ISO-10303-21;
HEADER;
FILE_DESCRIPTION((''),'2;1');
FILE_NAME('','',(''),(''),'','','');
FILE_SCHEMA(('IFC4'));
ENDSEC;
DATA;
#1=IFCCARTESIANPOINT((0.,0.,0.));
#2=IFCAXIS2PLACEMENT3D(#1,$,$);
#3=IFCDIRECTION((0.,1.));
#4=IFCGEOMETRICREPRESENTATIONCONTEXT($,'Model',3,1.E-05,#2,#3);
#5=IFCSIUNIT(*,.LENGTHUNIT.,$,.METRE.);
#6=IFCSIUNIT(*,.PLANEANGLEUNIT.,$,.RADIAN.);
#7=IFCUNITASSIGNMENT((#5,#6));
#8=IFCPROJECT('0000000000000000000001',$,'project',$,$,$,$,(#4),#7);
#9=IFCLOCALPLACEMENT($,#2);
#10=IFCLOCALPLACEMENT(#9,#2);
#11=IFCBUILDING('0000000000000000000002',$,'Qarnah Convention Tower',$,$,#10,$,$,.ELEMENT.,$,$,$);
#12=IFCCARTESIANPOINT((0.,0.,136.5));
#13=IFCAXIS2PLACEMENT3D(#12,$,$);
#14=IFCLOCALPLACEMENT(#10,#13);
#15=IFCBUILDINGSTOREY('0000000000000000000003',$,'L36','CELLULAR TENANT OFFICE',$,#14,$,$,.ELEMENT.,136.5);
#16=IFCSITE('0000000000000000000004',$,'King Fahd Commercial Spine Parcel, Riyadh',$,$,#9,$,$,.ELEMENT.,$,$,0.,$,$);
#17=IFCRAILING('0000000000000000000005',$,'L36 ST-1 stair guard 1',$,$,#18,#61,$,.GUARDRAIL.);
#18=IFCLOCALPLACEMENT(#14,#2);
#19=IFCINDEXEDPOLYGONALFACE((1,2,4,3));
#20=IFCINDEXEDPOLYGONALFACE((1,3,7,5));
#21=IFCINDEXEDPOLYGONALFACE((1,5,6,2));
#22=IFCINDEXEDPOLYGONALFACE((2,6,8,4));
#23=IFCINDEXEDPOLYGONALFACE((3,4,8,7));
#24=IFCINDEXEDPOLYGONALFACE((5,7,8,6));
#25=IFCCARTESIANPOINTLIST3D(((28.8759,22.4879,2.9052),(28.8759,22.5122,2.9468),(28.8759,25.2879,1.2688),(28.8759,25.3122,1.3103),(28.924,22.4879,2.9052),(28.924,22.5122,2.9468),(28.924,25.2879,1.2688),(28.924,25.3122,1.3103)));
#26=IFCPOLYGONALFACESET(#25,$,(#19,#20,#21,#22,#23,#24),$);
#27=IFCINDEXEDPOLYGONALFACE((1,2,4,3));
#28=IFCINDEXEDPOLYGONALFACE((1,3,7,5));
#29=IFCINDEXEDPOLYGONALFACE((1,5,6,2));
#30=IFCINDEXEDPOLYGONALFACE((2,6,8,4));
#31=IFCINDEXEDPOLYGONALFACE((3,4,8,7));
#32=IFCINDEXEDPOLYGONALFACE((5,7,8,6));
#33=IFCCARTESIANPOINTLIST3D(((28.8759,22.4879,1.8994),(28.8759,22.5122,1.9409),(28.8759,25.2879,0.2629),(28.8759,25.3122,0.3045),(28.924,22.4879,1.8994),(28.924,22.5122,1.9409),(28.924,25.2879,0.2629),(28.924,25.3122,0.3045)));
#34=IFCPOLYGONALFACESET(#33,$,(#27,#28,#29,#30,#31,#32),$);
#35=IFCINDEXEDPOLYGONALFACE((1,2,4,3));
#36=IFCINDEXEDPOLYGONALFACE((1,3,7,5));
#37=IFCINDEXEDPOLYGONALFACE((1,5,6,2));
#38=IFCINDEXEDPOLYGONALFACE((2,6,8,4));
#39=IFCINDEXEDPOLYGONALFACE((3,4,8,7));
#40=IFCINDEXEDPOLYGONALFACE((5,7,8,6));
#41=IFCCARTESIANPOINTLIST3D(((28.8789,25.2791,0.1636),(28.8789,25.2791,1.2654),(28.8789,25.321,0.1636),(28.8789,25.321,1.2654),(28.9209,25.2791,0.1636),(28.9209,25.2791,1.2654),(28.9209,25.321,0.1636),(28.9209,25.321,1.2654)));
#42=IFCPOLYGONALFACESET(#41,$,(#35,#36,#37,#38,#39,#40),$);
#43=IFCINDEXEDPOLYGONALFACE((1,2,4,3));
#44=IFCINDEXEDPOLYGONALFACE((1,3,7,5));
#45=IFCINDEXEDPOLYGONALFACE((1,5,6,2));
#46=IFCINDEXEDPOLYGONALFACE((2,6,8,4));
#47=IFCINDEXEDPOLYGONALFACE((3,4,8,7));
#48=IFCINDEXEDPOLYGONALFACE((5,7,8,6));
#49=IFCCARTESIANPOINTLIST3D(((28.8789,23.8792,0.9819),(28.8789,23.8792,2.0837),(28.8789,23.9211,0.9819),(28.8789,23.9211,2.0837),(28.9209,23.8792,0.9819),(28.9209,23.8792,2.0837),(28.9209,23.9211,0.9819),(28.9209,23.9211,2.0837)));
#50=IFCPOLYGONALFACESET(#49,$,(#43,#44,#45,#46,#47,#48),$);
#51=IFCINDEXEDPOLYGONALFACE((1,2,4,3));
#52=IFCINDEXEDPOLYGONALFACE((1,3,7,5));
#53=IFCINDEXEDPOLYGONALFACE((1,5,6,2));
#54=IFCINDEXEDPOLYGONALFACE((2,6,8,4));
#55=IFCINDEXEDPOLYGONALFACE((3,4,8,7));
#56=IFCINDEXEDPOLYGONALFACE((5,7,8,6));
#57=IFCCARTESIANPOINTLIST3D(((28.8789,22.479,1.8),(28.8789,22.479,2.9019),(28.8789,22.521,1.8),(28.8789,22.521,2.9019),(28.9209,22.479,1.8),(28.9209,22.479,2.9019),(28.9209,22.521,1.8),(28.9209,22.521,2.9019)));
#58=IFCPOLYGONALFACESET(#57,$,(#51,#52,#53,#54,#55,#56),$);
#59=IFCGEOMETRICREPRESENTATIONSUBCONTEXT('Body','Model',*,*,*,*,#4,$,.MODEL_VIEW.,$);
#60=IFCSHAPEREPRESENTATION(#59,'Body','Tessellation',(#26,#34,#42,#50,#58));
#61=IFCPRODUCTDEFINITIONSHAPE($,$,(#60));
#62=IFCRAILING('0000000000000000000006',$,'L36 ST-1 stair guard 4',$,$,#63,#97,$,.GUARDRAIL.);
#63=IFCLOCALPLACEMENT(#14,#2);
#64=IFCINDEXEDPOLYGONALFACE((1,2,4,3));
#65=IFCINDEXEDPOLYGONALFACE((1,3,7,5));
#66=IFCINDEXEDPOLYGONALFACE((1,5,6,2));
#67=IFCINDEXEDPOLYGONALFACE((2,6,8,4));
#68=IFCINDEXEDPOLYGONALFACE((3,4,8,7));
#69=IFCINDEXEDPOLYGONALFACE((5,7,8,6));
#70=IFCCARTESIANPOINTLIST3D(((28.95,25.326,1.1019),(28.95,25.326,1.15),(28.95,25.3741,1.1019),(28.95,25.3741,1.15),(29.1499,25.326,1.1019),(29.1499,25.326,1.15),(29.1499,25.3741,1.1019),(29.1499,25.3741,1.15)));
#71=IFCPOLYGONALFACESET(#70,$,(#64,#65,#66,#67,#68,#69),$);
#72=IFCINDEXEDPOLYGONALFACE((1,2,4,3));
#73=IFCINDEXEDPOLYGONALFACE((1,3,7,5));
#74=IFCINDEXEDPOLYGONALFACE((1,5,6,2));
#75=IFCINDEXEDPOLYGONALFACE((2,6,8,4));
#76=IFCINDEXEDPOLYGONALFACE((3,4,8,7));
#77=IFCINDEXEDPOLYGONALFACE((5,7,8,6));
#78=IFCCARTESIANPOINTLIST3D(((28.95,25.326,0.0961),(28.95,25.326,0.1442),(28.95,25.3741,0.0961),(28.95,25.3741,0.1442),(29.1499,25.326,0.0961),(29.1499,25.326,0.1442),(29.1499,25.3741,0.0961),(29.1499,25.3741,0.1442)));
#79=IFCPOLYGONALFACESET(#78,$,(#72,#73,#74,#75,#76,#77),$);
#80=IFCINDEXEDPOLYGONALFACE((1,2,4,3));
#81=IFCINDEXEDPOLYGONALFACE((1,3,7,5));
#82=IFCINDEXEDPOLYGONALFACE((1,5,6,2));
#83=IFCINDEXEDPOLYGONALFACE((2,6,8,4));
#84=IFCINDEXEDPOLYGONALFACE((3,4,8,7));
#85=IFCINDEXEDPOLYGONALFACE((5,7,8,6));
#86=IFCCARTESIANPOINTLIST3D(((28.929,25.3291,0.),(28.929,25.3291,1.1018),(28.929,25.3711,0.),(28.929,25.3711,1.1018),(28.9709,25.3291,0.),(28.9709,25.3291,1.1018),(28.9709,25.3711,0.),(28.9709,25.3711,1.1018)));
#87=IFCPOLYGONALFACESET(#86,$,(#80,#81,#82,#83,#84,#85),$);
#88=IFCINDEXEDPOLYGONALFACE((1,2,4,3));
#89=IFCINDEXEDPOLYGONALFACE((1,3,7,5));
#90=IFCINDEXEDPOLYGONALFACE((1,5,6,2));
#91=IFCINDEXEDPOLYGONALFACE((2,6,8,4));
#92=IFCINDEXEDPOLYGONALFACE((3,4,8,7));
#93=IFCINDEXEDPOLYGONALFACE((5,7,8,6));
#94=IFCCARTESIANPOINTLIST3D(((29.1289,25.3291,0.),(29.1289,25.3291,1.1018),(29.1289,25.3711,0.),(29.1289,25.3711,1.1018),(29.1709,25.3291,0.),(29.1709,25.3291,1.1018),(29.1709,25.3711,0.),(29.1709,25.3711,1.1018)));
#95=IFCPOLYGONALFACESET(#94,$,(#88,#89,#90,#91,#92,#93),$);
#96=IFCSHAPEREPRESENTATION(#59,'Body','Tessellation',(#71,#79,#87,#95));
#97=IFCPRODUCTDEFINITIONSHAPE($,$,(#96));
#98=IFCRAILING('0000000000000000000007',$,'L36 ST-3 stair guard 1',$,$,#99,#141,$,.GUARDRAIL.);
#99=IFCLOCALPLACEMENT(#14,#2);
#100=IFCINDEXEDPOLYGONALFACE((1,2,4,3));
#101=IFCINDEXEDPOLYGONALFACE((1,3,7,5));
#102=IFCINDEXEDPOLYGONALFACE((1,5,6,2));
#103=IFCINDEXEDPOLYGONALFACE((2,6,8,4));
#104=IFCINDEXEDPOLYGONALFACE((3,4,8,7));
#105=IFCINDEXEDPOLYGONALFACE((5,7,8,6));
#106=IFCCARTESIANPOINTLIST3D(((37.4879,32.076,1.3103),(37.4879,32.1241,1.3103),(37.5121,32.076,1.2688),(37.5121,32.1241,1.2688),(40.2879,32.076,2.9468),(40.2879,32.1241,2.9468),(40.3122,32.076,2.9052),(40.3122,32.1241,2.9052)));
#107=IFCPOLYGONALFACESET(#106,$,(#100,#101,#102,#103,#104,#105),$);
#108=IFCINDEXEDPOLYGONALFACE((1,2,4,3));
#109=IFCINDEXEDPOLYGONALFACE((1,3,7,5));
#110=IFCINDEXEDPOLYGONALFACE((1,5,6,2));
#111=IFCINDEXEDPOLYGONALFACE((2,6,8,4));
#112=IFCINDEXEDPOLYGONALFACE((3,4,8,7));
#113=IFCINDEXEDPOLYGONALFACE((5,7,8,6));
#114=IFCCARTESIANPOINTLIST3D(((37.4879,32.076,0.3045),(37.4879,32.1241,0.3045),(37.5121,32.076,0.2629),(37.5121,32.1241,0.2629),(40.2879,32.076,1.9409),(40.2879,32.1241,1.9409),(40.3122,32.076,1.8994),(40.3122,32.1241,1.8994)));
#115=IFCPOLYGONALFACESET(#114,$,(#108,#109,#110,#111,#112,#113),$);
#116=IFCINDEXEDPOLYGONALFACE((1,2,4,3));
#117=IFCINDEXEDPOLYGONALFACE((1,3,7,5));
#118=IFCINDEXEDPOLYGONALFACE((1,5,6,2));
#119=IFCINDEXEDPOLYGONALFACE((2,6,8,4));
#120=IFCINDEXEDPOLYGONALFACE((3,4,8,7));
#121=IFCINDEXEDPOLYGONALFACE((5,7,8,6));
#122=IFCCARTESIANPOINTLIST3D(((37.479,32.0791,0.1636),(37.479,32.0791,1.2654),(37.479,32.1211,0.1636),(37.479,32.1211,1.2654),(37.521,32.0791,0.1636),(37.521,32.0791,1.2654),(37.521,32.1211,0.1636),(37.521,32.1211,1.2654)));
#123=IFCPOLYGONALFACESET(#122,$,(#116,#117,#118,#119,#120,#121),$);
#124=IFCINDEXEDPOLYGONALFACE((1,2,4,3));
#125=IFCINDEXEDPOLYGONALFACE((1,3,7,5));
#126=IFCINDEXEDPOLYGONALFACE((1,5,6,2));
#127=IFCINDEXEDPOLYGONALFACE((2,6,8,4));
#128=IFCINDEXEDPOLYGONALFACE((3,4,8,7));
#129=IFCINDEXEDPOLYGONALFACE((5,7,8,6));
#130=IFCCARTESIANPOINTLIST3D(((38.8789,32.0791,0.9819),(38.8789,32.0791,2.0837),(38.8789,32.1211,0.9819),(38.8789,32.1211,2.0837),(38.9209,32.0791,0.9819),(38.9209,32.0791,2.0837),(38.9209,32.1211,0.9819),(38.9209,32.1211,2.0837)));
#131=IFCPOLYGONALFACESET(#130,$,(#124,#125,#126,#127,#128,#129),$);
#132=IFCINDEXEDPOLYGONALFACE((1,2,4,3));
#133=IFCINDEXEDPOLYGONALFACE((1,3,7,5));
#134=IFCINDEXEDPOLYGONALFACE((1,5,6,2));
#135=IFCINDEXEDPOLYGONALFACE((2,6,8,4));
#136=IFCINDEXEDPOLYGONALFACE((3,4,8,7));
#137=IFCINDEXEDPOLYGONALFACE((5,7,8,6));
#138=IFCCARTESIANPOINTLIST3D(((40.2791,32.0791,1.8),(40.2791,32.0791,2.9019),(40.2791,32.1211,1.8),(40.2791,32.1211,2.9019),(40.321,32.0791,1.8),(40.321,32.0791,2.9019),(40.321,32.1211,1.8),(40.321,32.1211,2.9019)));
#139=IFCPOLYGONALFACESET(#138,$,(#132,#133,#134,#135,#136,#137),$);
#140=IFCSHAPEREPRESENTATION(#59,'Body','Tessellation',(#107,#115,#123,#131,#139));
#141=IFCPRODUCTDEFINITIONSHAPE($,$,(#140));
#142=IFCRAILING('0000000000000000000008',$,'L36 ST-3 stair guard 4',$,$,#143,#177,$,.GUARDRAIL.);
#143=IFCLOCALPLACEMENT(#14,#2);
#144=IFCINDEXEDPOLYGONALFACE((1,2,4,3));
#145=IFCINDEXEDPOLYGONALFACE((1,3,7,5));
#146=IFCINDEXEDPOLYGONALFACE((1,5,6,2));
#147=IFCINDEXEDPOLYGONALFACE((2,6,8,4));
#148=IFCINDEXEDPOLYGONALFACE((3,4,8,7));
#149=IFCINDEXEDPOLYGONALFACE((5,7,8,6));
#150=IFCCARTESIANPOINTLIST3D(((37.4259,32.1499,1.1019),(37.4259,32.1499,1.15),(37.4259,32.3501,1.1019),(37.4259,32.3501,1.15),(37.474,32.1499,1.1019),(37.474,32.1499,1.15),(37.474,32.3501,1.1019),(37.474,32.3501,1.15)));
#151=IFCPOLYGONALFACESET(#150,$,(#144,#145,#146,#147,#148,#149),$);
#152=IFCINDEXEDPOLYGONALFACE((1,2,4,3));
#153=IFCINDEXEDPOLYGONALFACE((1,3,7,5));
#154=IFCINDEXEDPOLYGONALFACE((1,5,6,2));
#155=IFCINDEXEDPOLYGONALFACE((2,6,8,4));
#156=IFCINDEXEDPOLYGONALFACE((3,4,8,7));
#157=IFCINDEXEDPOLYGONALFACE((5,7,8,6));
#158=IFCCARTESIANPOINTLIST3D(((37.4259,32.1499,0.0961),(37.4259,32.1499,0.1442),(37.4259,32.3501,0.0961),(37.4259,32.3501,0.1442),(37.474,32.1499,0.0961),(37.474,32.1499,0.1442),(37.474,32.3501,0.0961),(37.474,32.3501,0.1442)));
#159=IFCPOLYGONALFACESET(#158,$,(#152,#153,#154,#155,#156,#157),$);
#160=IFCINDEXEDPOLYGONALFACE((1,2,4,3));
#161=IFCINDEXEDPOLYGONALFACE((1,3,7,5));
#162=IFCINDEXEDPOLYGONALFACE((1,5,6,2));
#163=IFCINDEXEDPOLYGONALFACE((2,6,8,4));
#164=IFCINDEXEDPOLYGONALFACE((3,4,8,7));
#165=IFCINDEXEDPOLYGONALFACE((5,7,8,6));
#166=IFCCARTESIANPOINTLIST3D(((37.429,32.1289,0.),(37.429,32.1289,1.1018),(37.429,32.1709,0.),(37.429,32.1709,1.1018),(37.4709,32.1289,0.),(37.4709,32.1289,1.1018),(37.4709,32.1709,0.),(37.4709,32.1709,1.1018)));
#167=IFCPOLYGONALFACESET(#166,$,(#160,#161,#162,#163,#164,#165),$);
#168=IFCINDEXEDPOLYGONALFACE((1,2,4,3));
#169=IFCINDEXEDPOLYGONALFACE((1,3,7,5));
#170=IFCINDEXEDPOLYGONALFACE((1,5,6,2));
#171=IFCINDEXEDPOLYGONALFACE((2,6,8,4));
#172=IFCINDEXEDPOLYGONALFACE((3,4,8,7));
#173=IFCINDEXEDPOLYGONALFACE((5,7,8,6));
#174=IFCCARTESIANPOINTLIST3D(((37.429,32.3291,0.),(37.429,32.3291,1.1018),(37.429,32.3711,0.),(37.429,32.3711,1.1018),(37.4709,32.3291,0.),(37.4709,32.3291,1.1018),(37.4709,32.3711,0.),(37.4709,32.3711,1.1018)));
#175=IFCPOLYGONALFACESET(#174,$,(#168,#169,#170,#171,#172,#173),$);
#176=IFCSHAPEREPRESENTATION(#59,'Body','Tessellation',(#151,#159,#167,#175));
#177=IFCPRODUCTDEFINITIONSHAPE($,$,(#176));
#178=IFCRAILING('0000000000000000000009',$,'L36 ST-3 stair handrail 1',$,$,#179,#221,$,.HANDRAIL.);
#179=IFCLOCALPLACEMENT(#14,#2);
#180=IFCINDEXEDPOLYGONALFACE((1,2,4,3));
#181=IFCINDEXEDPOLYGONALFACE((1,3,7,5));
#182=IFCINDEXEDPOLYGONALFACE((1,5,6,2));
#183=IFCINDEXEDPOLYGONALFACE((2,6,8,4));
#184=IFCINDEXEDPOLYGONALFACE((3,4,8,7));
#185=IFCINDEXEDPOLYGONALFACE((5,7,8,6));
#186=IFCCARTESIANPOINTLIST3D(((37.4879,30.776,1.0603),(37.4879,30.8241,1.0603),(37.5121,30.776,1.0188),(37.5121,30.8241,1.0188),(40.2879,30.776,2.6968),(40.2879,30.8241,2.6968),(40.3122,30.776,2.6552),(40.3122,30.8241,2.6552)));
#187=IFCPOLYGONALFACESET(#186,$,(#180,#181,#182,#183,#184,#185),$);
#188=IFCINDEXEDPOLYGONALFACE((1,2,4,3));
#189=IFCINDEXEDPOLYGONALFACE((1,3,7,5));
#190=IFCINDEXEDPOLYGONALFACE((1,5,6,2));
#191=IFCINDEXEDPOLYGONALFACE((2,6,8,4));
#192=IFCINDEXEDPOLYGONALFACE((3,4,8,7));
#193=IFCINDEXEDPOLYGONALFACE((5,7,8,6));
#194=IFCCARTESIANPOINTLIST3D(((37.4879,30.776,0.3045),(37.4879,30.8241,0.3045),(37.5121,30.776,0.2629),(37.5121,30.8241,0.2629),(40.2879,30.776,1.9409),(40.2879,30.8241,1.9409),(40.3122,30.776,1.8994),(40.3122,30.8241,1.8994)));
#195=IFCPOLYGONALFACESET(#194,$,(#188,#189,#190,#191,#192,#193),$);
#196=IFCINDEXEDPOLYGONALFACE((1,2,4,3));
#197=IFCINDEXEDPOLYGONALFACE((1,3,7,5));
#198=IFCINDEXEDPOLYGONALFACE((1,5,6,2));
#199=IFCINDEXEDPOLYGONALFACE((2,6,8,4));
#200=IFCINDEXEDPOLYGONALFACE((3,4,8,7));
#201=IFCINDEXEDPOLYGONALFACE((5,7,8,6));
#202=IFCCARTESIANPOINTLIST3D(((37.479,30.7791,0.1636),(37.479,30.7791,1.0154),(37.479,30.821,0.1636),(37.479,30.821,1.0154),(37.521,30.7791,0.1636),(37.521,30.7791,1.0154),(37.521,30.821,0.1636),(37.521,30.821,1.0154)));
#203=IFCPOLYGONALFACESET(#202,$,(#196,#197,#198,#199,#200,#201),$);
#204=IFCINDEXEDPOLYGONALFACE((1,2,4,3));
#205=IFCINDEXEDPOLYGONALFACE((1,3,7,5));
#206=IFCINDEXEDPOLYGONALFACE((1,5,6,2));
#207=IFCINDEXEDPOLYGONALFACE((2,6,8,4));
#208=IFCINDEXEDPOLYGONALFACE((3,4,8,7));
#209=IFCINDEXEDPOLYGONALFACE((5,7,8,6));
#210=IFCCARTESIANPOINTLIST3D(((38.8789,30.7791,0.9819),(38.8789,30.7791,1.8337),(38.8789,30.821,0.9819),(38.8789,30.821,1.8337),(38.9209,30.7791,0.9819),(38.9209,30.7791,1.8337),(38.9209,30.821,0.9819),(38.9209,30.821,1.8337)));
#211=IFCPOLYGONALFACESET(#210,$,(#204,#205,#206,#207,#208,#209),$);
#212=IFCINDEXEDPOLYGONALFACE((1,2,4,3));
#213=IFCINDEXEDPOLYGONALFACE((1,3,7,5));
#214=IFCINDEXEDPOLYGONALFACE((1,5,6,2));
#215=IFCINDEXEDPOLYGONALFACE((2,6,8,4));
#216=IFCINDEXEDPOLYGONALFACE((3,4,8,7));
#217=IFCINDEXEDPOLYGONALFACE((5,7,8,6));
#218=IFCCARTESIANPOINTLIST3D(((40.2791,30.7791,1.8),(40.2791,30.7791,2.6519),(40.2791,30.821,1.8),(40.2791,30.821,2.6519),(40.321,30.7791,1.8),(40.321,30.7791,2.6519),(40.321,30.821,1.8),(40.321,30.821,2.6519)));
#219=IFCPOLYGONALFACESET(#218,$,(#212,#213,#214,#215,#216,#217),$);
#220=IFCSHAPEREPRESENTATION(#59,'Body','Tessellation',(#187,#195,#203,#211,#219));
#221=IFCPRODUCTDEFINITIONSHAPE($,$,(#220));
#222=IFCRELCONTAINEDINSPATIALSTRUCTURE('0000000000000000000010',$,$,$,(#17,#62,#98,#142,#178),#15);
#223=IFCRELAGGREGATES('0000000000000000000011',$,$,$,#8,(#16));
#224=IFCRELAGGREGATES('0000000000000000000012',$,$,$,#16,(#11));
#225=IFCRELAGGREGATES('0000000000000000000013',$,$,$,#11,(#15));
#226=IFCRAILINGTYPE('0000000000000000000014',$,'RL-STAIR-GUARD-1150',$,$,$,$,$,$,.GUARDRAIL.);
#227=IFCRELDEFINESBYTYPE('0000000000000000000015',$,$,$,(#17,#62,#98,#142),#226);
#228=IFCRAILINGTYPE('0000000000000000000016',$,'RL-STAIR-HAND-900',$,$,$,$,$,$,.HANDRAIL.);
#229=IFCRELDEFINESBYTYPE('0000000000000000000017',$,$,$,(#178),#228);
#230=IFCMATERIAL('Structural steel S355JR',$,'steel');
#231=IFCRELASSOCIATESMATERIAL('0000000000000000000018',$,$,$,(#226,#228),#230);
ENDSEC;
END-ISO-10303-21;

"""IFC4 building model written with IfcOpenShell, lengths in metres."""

from ifc_helpers import new_model, si_unit, direction, frame, origin, origin_2d, place, context, subcontext, project, spatial, rectangle, extrude, material, type_object, element, save


model = new_model("IFC4")

# Units and contexts
model_context = context("Model", 3, precision=1e-05, world=origin(), true_north=direction((0.0, 1.0)))
body_context = subcontext(model_context, "Body", "Model", "MODEL_VIEW")
ifc_project = project(units=[si_unit("LENGTHUNIT", "METRE"), si_unit("PLANEANGLEUNIT", "RADIAN")], contexts=[model_context])

# Site, building, storey
site_placement = place(None, origin())
site = spatial("IfcSite", under=ifc_project, at=site_placement, Name="King Fahd Commercial Spine Parcel, Riyadh", CompositionType="ELEMENT", RefElevation=0.0)
building_placement = place(site_placement, origin())
building = spatial("IfcBuilding", under=site, at=building_placement, Name="Qarnah Convention Tower", CompositionType="ELEMENT")
storey_placement = place(building_placement, frame((0.0, 0.0, 136.5)))
storey = spatial("IfcBuildingStorey", under=building, at=storey_placement, Name="L36", Description="CELLULAR TENANT OFFICE", CompositionType="ELEMENT", Elevation=136.5)

# Shared definitions
ifc_material_1 = material(Name="Structural steel S355JR", Category="steel")

# Railings
railing_type_1 = type_object("IfcRailingType", Name="RL-STAIR-GUARD-1150", PredefinedType="GUARDRAIL", material=ifc_material_1)
railing_1_placement = place(storey_placement, frame((28.8999, 25.3, 0.1636)))
element("IfcRailing", 1, at=railing_1_placement, inside=storey, type_object=railing_type_1, Name="L36 ST-1 stair guard 1", PredefinedType="GUARDRAIL", context=body_context, shape_type="SweptSolid", body=[
    extrude(rectangle(XDim=0.0481, YDim=0.0481, at=origin_2d()), frame((0.0, 0.0, 1.126), z_axis=(0.0, -0.863361, 0.504587), x_axis=(1.0, 0.0, 0.0)), (0.0, 0.0, 1.0), 3.2432),
    extrude(rectangle(XDim=0.0481, YDim=0.0481, at=origin_2d()), frame((0.0, 0.0, 0.1201), z_axis=(0.0, -0.863361, 0.504587), x_axis=(1.0, 0.0, 0.0)), (0.0, 0.0, 1.0), 3.2432),
    extrude(rectangle(XDim=0.042, YDim=0.042, at=origin_2d()), origin(), (0.0, 0.0, 1.0), 1.1018),
    extrude(rectangle(XDim=0.042, YDim=0.042, at=origin_2d()), frame((0.0, -1.3999, 0.8184)), (0.0, 0.0, 1.0), 1.1018),
    extrude(rectangle(XDim=0.042, YDim=0.042, at=origin_2d()), frame((0.0, -2.8, 1.6365)), (0.0, 0.0, 1.0), 1.1018),
])
railing_2_placement = place(storey_placement, frame((28.95, 25.3501, 0.0)))
element("IfcRailing", 2, at=railing_2_placement, inside=storey, type_object=railing_type_1, Name="L36 ST-1 stair guard 4", PredefinedType="GUARDRAIL", context=body_context, shape_type="SweptSolid", body=[
    extrude(rectangle(XDim=0.0481, YDim=0.0481, at=origin_2d()), frame((0.0, 0.0, 1.126), z_axis=(1.0, 0.0, 0.0), x_axis=(0.0, 1.0, 0.0)), (0.0, 0.0, 1.0), 0.2),
    extrude(rectangle(XDim=0.0481, YDim=0.0481, at=origin_2d()), frame((0.0, 0.0, 0.1201), z_axis=(1.0, 0.0, 0.0), x_axis=(0.0, 1.0, 0.0)), (0.0, 0.0, 1.0), 0.2),
    extrude(rectangle(XDim=0.042, YDim=0.042, at=origin_2d()), origin(), (0.0, 0.0, 1.0), 1.1018),
    extrude(rectangle(XDim=0.042, YDim=0.042, at=origin_2d()), frame((0.2, 0.0, 0.0)), (0.0, 0.0, 1.0), 1.1018),
])
railing_3_placement = place(storey_placement, frame((37.5, 32.1001, 0.1636)))
element("IfcRailing", 3, at=railing_3_placement, inside=storey, type_object=railing_type_1, Name="L36 ST-3 stair guard 1", PredefinedType="GUARDRAIL", context=body_context, shape_type="SweptSolid", body=[
    extrude(rectangle(XDim=0.0481, YDim=0.0481, at=origin_2d()), frame((0.0, 0.0, 1.126), z_axis=(0.863361, 0.0, 0.504587), x_axis=(0.0, 1.0, 0.0)), (0.0, 0.0, 1.0), 3.2432),
    extrude(rectangle(XDim=0.0481, YDim=0.0481, at=origin_2d()), frame((0.0, 0.0, 0.1201), z_axis=(0.863361, 0.0, 0.504587), x_axis=(0.0, 1.0, 0.0)), (0.0, 0.0, 1.0), 3.2432),
    extrude(rectangle(XDim=0.042, YDim=0.042, at=origin_2d()), origin(), (0.0, 0.0, 1.0), 1.1018),
    extrude(rectangle(XDim=0.042, YDim=0.042, at=origin_2d()), frame((1.3999, 0.0, 0.8184)), (0.0, 0.0, 1.0), 1.1018),
    extrude(rectangle(XDim=0.042, YDim=0.042, at=origin_2d()), frame((2.8, 0.0, 1.6365)), (0.0, 0.0, 1.0), 1.1018),
])
railing_4_placement = place(storey_placement, frame((37.45, 32.1499, 0.0)))
element("IfcRailing", 4, at=railing_4_placement, inside=storey, type_object=railing_type_1, Name="L36 ST-3 stair guard 4", PredefinedType="GUARDRAIL", context=body_context, shape_type="SweptSolid", body=[
    extrude(rectangle(XDim=0.0481, YDim=0.0481, at=origin_2d()), frame((0.0, 0.0, 1.126), z_axis=(0.0, 1.0, 0.0), x_axis=(-1.0, 0.0, 0.0)), (0.0, 0.0, 1.0), 0.2002),
    extrude(rectangle(XDim=0.0481, YDim=0.0481, at=origin_2d()), frame((0.0, 0.0, 0.1201), z_axis=(0.0, 1.0, 0.0), x_axis=(-1.0, 0.0, 0.0)), (0.0, 0.0, 1.0), 0.2002),
    extrude(rectangle(XDim=0.042, YDim=0.042, at=origin_2d()), origin(), (0.0, 0.0, 1.0), 1.1018),
    extrude(rectangle(XDim=0.042, YDim=0.042, at=origin_2d()), frame((0.0, 0.2002, 0.0)), (0.0, 0.0, 1.0), 1.1018),
])
railing_type_2 = type_object("IfcRailingType", Name="RL-STAIR-HAND-900", PredefinedType="HANDRAIL", material=ifc_material_1)
railing_5_placement = place(storey_placement, frame((37.5, 30.8, 0.1636)))
element("IfcRailing", 5, at=railing_5_placement, inside=storey, type_object=railing_type_2, Name="L36 ST-3 stair handrail 1", PredefinedType="HANDRAIL", context=body_context, shape_type="SweptSolid", body=[
    extrude(rectangle(XDim=0.0481, YDim=0.0481, at=origin_2d()), frame((0.0, 0.0, 0.876), z_axis=(0.863361, 0.0, 0.504587), x_axis=(0.0, 1.0, 0.0)), (0.0, 0.0, 1.0), 3.2432),
    extrude(rectangle(XDim=0.0481, YDim=0.0481, at=origin_2d()), frame((0.0, 0.0, 0.1201), z_axis=(0.863361, 0.0, 0.504587), x_axis=(0.0, 1.0, 0.0)), (0.0, 0.0, 1.0), 3.2432),
    extrude(rectangle(XDim=0.042, YDim=0.042, at=origin_2d()), origin(), (0.0, 0.0, 1.0), 0.8518),
    extrude(rectangle(XDim=0.042, YDim=0.042, at=origin_2d()), frame((1.3999, 0.0, 0.8184)), (0.0, 0.0, 1.0), 0.8518),
    extrude(rectangle(XDim=0.042, YDim=0.042, at=origin_2d()), frame((2.8, 0.0, 1.6365)), (0.0, 0.0, 1.0), 0.8518),
])

save(model, "model.ifc")
